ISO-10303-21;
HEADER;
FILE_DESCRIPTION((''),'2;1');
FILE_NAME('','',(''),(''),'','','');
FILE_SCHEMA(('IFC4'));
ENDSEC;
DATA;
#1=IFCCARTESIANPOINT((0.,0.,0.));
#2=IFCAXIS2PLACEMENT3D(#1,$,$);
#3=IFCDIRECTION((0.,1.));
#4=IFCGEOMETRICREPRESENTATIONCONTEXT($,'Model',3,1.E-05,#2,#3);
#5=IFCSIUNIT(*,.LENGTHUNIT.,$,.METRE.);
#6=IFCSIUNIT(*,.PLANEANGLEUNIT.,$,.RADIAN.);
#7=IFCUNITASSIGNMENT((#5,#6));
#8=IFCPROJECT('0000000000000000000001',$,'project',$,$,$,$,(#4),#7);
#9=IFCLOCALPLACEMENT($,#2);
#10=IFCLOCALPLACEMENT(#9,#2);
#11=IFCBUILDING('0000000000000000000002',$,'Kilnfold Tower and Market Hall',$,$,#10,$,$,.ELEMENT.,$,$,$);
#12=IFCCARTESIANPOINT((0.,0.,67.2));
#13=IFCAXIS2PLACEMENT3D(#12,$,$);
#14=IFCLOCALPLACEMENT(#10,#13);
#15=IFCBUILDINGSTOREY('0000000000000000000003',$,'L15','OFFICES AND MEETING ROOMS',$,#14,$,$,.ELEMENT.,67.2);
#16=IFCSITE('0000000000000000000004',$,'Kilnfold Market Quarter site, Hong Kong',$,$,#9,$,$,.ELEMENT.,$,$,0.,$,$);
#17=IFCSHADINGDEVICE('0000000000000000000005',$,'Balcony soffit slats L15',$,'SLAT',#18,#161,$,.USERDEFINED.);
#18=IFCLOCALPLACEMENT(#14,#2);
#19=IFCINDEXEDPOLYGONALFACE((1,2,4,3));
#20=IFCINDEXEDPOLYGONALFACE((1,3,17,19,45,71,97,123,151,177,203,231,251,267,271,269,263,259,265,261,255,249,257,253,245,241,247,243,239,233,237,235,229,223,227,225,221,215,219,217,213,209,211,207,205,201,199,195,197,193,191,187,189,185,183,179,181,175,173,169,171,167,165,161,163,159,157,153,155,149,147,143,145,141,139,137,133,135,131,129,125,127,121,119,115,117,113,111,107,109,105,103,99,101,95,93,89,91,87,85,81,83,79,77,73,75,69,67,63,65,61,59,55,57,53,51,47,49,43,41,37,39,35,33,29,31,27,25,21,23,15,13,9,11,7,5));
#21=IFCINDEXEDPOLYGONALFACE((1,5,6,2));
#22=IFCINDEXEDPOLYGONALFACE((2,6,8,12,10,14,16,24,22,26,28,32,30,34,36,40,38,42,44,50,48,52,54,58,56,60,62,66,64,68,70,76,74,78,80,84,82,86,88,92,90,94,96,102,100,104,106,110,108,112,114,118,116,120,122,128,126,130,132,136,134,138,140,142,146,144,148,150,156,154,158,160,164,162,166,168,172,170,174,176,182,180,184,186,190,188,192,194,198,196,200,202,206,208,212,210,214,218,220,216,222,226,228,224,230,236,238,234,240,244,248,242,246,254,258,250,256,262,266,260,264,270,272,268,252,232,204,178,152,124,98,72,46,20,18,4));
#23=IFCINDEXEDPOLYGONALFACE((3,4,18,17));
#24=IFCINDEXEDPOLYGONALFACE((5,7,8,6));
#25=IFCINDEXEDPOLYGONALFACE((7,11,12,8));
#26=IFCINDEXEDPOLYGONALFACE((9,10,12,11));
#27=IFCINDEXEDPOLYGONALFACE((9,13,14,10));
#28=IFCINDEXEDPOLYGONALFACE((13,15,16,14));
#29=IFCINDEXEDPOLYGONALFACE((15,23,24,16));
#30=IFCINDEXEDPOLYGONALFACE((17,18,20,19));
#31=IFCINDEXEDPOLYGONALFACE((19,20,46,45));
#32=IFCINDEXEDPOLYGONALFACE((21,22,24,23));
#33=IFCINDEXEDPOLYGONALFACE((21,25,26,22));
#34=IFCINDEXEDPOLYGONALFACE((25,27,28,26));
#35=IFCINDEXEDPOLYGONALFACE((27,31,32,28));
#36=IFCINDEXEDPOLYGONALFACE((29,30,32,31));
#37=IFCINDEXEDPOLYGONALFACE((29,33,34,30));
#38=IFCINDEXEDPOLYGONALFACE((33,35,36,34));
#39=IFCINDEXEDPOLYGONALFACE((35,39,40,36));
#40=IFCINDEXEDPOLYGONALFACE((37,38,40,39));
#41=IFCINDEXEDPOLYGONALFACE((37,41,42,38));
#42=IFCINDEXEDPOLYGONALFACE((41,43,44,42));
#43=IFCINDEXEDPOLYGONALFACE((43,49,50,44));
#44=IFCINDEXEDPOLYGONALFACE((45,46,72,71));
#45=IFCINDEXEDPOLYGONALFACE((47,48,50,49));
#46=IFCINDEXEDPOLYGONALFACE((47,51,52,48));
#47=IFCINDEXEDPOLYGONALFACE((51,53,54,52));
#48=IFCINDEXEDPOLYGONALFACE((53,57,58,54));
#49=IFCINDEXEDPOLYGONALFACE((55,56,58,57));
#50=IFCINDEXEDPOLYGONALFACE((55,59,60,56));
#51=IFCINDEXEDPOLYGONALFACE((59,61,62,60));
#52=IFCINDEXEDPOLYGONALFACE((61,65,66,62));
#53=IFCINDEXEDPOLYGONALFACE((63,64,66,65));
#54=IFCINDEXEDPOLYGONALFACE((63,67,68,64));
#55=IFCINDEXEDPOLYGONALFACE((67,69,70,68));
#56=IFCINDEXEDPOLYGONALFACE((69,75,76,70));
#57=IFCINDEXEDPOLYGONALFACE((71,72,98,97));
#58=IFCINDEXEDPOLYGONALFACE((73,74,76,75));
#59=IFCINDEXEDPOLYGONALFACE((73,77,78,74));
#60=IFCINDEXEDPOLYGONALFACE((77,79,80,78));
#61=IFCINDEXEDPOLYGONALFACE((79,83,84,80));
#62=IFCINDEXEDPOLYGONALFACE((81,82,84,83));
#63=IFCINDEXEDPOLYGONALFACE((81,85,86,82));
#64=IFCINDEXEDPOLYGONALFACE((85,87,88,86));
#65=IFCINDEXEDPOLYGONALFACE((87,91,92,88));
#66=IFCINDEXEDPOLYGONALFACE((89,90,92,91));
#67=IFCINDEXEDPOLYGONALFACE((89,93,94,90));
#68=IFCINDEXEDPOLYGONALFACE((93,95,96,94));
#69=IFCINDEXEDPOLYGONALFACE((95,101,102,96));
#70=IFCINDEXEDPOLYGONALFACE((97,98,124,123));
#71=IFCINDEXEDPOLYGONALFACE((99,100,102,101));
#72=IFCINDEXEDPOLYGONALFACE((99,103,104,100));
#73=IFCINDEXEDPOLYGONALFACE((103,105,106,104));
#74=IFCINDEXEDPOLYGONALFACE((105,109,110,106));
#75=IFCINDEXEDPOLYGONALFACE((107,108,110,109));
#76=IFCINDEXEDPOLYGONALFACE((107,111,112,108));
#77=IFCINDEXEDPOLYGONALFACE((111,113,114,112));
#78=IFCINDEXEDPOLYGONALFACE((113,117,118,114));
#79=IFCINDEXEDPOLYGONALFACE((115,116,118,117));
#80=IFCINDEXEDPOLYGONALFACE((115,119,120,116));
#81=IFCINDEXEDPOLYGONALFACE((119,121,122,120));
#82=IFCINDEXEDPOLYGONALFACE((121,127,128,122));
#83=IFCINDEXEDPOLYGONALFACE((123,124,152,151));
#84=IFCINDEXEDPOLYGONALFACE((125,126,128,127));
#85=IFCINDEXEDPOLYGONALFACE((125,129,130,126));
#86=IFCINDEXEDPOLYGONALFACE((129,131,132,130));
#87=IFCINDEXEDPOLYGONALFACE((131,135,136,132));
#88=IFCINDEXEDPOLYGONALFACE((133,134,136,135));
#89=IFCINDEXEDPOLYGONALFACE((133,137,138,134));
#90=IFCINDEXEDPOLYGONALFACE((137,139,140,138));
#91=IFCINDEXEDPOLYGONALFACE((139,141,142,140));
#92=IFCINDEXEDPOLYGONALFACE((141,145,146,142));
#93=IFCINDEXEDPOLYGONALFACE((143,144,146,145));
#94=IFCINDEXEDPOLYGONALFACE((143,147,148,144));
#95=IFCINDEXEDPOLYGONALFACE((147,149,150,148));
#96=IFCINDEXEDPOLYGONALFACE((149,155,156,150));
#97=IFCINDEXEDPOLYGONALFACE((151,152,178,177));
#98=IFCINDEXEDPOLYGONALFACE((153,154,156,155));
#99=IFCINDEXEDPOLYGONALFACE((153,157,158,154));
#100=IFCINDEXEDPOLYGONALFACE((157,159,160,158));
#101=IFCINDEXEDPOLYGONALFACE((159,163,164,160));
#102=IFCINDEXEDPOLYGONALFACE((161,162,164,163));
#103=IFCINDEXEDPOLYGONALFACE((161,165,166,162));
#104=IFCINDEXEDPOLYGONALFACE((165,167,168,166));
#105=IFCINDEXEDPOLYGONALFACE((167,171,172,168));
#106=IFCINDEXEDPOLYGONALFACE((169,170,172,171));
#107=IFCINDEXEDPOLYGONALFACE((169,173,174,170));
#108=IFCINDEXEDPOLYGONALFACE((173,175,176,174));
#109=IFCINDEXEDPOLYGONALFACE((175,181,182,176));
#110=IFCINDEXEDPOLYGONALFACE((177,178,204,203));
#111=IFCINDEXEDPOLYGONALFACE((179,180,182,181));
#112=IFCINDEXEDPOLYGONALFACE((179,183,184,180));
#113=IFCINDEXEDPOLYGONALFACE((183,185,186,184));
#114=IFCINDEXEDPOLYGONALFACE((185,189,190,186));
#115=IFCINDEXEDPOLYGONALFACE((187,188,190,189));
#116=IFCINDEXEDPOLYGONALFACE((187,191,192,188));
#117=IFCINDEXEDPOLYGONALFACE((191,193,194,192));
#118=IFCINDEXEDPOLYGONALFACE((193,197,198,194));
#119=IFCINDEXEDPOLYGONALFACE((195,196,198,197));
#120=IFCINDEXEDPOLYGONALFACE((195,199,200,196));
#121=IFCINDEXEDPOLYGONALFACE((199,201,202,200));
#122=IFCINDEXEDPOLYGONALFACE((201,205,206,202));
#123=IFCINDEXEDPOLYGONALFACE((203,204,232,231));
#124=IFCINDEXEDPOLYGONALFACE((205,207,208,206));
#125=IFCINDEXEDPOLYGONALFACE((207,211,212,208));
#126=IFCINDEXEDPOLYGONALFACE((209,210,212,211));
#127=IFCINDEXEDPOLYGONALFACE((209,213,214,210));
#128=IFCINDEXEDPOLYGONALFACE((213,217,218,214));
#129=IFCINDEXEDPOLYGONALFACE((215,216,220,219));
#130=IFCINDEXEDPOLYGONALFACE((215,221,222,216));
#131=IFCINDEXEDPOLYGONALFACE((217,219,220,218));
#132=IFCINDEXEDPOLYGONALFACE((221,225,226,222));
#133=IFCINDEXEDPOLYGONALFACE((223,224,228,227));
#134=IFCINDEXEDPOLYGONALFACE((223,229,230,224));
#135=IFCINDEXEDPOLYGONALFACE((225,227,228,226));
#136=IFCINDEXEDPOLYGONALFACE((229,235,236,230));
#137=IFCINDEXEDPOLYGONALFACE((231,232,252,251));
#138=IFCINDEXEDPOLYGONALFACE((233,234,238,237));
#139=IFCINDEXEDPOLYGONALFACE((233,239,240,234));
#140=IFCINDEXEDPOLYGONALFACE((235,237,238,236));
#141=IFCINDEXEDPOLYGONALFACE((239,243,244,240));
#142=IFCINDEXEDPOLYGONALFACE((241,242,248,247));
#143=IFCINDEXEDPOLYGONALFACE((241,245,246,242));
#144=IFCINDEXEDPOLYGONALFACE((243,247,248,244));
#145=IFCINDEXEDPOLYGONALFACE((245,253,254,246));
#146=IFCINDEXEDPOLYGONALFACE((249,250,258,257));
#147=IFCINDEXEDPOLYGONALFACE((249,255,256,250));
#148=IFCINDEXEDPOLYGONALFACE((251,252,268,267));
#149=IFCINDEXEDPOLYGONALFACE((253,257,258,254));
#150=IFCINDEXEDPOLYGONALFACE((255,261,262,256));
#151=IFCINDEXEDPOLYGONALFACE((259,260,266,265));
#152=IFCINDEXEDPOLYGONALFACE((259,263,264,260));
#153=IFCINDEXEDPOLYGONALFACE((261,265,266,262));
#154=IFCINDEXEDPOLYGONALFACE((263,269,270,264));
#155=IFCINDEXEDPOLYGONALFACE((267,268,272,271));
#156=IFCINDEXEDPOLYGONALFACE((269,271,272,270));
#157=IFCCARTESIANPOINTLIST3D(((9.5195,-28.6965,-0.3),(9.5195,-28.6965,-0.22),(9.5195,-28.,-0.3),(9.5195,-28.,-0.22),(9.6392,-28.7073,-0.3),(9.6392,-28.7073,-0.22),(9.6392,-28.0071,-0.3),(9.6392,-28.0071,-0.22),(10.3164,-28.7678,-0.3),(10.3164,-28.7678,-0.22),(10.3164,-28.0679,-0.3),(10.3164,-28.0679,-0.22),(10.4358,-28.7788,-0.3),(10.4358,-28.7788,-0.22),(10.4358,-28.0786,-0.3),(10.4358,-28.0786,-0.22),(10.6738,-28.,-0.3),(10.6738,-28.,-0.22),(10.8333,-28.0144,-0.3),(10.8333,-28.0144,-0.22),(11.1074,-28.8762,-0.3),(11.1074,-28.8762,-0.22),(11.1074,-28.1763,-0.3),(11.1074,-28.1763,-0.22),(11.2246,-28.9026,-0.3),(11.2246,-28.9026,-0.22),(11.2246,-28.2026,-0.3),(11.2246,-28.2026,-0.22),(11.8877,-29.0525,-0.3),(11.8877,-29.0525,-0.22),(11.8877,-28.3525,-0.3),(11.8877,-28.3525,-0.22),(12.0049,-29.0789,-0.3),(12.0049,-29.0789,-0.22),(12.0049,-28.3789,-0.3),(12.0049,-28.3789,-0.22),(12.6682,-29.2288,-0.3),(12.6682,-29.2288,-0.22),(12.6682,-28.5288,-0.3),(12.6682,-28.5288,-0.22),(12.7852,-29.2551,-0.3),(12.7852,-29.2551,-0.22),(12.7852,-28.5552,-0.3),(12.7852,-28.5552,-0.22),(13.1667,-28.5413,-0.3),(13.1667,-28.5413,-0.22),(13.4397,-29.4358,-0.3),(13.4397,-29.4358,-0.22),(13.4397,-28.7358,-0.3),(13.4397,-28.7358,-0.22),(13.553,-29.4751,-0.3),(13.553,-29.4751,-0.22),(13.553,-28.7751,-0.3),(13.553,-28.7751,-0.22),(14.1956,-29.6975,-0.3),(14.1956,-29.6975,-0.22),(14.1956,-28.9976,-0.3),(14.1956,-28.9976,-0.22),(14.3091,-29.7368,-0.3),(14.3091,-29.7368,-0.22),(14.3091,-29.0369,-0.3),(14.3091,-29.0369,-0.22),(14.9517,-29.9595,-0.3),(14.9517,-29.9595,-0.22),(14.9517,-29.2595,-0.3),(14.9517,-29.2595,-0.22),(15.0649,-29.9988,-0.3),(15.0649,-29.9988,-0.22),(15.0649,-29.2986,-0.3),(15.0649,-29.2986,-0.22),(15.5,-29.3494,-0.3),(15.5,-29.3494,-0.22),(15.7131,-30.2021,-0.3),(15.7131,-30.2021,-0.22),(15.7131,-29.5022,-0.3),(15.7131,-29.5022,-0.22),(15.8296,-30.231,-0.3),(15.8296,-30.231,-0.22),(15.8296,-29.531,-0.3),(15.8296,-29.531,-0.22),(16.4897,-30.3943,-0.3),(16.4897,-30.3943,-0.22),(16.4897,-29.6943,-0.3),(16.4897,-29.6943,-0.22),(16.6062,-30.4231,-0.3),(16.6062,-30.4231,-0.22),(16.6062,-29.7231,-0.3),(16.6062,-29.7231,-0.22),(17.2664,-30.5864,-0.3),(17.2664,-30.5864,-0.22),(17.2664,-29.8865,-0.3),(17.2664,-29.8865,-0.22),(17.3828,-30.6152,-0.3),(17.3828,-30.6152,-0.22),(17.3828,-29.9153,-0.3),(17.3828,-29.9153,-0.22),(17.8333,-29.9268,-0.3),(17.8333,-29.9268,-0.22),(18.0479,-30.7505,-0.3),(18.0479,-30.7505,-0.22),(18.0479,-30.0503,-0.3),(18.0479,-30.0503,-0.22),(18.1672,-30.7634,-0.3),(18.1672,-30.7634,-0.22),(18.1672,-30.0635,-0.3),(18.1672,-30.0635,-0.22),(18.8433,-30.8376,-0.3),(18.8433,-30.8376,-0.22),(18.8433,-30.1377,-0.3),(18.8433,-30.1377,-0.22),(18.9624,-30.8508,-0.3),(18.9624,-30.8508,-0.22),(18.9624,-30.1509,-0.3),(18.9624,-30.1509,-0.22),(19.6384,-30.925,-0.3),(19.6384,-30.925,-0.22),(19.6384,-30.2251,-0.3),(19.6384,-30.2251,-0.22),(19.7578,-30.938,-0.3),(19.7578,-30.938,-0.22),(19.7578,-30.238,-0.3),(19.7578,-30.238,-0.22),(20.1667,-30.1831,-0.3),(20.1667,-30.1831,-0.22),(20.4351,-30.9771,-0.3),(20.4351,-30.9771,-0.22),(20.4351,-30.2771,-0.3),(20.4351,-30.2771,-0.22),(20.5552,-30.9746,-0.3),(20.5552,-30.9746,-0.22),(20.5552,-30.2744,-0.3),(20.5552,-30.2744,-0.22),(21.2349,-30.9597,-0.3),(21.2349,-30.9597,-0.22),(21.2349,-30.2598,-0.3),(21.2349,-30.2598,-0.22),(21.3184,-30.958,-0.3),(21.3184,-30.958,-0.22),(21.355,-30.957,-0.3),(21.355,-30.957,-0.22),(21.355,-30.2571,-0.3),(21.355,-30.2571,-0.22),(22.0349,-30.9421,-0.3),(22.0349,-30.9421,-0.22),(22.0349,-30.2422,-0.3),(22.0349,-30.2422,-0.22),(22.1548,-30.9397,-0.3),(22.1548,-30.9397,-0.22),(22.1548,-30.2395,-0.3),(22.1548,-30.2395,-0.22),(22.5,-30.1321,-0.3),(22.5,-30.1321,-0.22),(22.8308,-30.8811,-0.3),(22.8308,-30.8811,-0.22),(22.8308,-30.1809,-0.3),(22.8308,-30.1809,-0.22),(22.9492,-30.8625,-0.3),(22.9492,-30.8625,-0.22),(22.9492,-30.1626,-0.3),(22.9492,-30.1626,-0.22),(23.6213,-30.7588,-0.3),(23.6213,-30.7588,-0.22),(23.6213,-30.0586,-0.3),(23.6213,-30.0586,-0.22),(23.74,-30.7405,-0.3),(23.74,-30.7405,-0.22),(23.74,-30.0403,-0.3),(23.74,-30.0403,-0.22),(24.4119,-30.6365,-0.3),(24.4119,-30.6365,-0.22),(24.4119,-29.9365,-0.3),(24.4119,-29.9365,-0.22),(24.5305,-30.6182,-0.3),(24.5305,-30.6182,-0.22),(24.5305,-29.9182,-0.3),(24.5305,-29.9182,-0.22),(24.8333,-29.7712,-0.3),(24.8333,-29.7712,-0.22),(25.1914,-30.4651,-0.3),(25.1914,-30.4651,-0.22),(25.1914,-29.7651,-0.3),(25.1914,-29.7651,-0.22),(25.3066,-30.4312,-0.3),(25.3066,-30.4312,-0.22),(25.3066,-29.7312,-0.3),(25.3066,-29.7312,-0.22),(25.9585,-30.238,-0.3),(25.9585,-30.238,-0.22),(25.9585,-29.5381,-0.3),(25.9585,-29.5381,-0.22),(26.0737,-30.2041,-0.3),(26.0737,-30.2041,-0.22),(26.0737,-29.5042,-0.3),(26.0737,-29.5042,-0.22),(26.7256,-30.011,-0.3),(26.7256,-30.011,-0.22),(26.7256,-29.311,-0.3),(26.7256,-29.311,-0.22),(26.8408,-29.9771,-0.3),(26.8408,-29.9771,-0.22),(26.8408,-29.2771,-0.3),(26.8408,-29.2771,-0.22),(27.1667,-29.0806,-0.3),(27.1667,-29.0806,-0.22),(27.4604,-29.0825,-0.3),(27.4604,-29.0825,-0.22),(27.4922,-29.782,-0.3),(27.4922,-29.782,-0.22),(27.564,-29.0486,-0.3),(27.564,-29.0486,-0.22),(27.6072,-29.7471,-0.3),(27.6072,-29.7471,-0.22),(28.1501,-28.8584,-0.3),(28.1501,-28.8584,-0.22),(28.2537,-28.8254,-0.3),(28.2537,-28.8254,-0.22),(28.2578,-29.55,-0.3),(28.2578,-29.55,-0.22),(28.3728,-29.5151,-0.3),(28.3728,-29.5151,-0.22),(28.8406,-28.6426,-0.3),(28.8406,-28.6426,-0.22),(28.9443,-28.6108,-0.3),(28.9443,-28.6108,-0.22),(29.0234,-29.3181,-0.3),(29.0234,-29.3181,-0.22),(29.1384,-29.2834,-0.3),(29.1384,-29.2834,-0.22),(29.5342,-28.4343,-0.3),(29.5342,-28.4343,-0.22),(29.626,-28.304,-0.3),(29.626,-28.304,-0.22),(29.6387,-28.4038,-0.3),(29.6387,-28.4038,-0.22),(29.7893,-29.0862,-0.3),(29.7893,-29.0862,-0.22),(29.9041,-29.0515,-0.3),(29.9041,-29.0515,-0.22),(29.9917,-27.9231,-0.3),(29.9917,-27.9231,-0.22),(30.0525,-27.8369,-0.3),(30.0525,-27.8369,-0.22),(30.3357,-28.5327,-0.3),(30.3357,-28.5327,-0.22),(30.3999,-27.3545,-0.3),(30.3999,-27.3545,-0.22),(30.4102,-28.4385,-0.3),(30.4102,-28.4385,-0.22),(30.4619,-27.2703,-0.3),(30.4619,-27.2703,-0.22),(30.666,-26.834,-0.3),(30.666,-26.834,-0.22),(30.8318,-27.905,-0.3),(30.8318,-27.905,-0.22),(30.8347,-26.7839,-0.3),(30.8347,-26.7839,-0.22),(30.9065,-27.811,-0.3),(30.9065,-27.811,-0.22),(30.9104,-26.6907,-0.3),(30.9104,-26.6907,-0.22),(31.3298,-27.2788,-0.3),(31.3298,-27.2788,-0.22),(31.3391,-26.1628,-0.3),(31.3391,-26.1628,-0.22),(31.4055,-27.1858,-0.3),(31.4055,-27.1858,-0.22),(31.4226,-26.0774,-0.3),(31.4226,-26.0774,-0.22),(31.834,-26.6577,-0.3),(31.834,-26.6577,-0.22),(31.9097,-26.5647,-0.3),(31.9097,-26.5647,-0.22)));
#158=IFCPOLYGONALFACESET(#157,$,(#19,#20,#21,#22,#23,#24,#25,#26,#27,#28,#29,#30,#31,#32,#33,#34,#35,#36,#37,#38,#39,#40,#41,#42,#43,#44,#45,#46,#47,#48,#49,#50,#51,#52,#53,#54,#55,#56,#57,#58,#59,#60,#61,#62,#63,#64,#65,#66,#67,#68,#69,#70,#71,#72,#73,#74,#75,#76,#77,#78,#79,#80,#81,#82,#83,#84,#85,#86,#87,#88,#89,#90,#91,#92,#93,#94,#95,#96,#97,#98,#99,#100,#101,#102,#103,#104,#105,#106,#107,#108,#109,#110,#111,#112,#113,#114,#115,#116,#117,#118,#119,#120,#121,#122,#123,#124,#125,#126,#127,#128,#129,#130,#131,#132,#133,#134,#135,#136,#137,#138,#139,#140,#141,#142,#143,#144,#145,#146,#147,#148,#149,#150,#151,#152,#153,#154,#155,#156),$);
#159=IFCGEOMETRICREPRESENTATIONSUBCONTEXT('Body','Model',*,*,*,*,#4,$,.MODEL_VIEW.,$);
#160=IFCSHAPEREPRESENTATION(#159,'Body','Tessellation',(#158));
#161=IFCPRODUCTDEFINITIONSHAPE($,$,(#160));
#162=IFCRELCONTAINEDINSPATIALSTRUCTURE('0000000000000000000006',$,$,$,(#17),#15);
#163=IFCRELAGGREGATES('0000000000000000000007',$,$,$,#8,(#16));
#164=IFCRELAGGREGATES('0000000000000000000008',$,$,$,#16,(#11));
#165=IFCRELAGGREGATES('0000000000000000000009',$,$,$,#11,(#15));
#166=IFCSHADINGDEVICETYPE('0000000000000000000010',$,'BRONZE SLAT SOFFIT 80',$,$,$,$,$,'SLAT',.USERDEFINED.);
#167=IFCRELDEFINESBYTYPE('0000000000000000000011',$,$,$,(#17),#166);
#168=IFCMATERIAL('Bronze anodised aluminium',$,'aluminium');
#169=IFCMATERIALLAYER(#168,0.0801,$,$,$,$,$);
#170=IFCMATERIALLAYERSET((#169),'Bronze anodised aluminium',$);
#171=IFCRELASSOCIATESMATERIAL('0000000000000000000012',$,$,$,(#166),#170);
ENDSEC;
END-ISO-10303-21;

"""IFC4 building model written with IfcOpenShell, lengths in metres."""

from ifc_helpers import new_model, si_unit, direction, frame, origin, place, context, subcontext, project, spatial, polyline, outline, extrude, source, transform, mapped, material, layer, layer_set, type_object, element, save


model = new_model("IFC4")

# Units and contexts
model_context = context("Model", 3, precision=1e-05, world=origin(), true_north=direction((0.0, 1.0)))
body_context = subcontext(model_context, "Body", "Model", "MODEL_VIEW")
ifc_project = project(units=[si_unit("LENGTHUNIT", "METRE"), si_unit("PLANEANGLEUNIT", "RADIAN")], contexts=[model_context])

# Site, building, storey
site_placement = place(None, origin())
site = spatial("IfcSite", under=ifc_project, at=site_placement, Name="Kilnfold Market Quarter site, Hong Kong", CompositionType="ELEMENT", RefElevation=0.0)
building_placement = place(site_placement, origin())
building = spatial("IfcBuilding", under=site, at=building_placement, Name="Kilnfold Tower and Market Hall", CompositionType="ELEMENT")
storey_placement = place(building_placement, frame((0.0, 0.0, 67.2)))
storey = spatial("IfcBuildingStorey", under=building, at=storey_placement, Name="L15", Description="OFFICES AND MEETING ROOMS", CompositionType="ELEMENT", Elevation=67.2)

# Shading device
ifc_material_1 = material(Name="Bronze anodised aluminium", Category="aluminium")
ifc_layer_1 = layer(ifc_material_1, 0.0801)
ifc_layer_set_1 = layer_set([ifc_layer_1], Name="Bronze anodised aluminium")
shading_device_type_1 = type_object("IfcShadingDeviceType", Name="BRONZE SLAT SOFFIT 80", ElementType="SLAT", PredefinedType="USERDEFINED", material=ifc_layer_set_1)
shared_shape_1 = source(origin(), body_context, "Body", "SweptSolid", [
    extrude(outline(polyline([(10.8333, -28.0144), (13.1667, -28.5413), (15.5, -29.3494), (17.8333, -29.9268), (20.1667, -30.1831), (22.5, -30.1321), (24.8333, -29.7712), (27.1667, -29.0806), (29.626, -28.304), (30.666, -26.834), (31.4226, -26.0774), (31.9097, -26.5647), (31.834, -26.6577), (31.3391, -26.1628), (30.9104, -26.6907), (31.4055, -27.1858), (31.3298, -27.2788), (30.8347, -26.7839), (30.4619, -27.2703), (30.9065, -27.811), (30.8318, -27.905), (30.3999, -27.3545), (30.0525, -27.8369), (30.4102, -28.4385), (30.3357, -28.5327), (29.9917, -27.9231), (29.6387, -28.4038), (29.9041, -29.0515), (29.7893, -29.0862), (29.5342, -28.4343), (28.9443, -28.6108), (29.1384, -29.2834), (29.0234, -29.3181), (28.8406, -28.6426), (28.2537, -28.8254), (28.3728, -29.5151), (28.2578, -29.55), (28.1501, -28.8584), (27.564, -29.0486), (27.6072, -29.7471), (27.4922, -29.782), (27.4604, -29.0825), (26.8408, -29.2771), (26.8408, -29.9771), (26.7256, -30.011), (26.7256, -29.311), (26.0737, -29.5042), (26.0737, -30.2041), (25.9585, -30.238), (25.9585, -29.5381), (25.3066, -29.7312), (25.3066, -30.4312), (25.1914, -30.4651), (25.1914, -29.7651), (24.5305, -29.9182), (24.5305, -30.6182), (24.4119, -30.6365), (24.4119, -29.9365), (23.74, -30.0403), (23.74, -30.7405), (23.6213, -30.7588), (23.6213, -30.0586), (22.9492, -30.1626), (22.9492, -30.8625), (22.8308, -30.8811), (22.8308, -30.1809), (22.1548, -30.2395), (22.1548, -30.9397), (22.0349, -30.9421), (22.0349, -30.2422), (21.355, -30.2571), (21.355, -30.957), (21.3184, -30.958), (21.2349, -30.9597), (21.2349, -30.2598), (20.5552, -30.2744), (20.5552, -30.9746), (20.4351, -30.9771), (20.4351, -30.2771), (19.7578, -30.238), (19.7578, -30.938), (19.6384, -30.925), (19.6384, -30.2251), (18.9624, -30.1509), (18.9624, -30.8508), (18.8433, -30.8376), (18.8433, -30.1377), (18.1672, -30.0635), (18.1672, -30.7634), (18.0479, -30.7505), (18.0479, -30.0503), (17.3828, -29.9153), (17.3828, -30.6152), (17.2664, -30.5864), (17.2664, -29.8865), (16.6062, -29.7231), (16.6062, -30.4231), (16.4897, -30.3943), (16.4897, -29.6943), (15.8296, -29.531), (15.8296, -30.231), (15.7131, -30.2021), (15.7131, -29.5022), (15.0649, -29.2986), (15.0649, -29.9988), (14.9517, -29.9595), (14.9517, -29.2595), (14.3091, -29.0369), (14.3091, -29.7368), (14.1956, -29.6975), (14.1956, -28.9976), (13.553, -28.7751), (13.553, -29.4751), (13.4397, -29.4358), (13.4397, -28.7358), (12.7852, -28.5552), (12.7852, -29.2551), (12.6682, -29.2288), (12.6682, -28.5288), (12.0049, -28.3789), (12.0049, -29.0789), (11.8877, -29.0525), (11.8877, -28.3525), (11.2246, -28.2026), (11.2246, -28.9026), (11.1074, -28.8762), (11.1074, -28.1763), (10.4358, -28.0786), (10.4358, -28.7788), (10.3164, -28.7678), (10.3164, -28.0679), (9.6392, -28.0071), (9.6392, -28.7073), (9.5195, -28.6965), (9.5195, -28.0), (10.6738, -28.0), (10.8333, -28.0144)])), origin(), (0.0, 0.0, 1.0), 0.0801),
])
shading_device_1_placement = place(storey_placement, frame((0.0, 0.0, -0.3)))
element("IfcShadingDevice", 1, at=shading_device_1_placement, inside=storey, type_object=shading_device_type_1, Name="Balcony soffit slats L15", ObjectType="SLAT", PredefinedType="USERDEFINED", context=body_context, shape_type="MappedRepresentation", body=[
    mapped(shared_shape_1, transform((0.0, 0.0, 0.0))),
])

save(model, "model.ifc")
